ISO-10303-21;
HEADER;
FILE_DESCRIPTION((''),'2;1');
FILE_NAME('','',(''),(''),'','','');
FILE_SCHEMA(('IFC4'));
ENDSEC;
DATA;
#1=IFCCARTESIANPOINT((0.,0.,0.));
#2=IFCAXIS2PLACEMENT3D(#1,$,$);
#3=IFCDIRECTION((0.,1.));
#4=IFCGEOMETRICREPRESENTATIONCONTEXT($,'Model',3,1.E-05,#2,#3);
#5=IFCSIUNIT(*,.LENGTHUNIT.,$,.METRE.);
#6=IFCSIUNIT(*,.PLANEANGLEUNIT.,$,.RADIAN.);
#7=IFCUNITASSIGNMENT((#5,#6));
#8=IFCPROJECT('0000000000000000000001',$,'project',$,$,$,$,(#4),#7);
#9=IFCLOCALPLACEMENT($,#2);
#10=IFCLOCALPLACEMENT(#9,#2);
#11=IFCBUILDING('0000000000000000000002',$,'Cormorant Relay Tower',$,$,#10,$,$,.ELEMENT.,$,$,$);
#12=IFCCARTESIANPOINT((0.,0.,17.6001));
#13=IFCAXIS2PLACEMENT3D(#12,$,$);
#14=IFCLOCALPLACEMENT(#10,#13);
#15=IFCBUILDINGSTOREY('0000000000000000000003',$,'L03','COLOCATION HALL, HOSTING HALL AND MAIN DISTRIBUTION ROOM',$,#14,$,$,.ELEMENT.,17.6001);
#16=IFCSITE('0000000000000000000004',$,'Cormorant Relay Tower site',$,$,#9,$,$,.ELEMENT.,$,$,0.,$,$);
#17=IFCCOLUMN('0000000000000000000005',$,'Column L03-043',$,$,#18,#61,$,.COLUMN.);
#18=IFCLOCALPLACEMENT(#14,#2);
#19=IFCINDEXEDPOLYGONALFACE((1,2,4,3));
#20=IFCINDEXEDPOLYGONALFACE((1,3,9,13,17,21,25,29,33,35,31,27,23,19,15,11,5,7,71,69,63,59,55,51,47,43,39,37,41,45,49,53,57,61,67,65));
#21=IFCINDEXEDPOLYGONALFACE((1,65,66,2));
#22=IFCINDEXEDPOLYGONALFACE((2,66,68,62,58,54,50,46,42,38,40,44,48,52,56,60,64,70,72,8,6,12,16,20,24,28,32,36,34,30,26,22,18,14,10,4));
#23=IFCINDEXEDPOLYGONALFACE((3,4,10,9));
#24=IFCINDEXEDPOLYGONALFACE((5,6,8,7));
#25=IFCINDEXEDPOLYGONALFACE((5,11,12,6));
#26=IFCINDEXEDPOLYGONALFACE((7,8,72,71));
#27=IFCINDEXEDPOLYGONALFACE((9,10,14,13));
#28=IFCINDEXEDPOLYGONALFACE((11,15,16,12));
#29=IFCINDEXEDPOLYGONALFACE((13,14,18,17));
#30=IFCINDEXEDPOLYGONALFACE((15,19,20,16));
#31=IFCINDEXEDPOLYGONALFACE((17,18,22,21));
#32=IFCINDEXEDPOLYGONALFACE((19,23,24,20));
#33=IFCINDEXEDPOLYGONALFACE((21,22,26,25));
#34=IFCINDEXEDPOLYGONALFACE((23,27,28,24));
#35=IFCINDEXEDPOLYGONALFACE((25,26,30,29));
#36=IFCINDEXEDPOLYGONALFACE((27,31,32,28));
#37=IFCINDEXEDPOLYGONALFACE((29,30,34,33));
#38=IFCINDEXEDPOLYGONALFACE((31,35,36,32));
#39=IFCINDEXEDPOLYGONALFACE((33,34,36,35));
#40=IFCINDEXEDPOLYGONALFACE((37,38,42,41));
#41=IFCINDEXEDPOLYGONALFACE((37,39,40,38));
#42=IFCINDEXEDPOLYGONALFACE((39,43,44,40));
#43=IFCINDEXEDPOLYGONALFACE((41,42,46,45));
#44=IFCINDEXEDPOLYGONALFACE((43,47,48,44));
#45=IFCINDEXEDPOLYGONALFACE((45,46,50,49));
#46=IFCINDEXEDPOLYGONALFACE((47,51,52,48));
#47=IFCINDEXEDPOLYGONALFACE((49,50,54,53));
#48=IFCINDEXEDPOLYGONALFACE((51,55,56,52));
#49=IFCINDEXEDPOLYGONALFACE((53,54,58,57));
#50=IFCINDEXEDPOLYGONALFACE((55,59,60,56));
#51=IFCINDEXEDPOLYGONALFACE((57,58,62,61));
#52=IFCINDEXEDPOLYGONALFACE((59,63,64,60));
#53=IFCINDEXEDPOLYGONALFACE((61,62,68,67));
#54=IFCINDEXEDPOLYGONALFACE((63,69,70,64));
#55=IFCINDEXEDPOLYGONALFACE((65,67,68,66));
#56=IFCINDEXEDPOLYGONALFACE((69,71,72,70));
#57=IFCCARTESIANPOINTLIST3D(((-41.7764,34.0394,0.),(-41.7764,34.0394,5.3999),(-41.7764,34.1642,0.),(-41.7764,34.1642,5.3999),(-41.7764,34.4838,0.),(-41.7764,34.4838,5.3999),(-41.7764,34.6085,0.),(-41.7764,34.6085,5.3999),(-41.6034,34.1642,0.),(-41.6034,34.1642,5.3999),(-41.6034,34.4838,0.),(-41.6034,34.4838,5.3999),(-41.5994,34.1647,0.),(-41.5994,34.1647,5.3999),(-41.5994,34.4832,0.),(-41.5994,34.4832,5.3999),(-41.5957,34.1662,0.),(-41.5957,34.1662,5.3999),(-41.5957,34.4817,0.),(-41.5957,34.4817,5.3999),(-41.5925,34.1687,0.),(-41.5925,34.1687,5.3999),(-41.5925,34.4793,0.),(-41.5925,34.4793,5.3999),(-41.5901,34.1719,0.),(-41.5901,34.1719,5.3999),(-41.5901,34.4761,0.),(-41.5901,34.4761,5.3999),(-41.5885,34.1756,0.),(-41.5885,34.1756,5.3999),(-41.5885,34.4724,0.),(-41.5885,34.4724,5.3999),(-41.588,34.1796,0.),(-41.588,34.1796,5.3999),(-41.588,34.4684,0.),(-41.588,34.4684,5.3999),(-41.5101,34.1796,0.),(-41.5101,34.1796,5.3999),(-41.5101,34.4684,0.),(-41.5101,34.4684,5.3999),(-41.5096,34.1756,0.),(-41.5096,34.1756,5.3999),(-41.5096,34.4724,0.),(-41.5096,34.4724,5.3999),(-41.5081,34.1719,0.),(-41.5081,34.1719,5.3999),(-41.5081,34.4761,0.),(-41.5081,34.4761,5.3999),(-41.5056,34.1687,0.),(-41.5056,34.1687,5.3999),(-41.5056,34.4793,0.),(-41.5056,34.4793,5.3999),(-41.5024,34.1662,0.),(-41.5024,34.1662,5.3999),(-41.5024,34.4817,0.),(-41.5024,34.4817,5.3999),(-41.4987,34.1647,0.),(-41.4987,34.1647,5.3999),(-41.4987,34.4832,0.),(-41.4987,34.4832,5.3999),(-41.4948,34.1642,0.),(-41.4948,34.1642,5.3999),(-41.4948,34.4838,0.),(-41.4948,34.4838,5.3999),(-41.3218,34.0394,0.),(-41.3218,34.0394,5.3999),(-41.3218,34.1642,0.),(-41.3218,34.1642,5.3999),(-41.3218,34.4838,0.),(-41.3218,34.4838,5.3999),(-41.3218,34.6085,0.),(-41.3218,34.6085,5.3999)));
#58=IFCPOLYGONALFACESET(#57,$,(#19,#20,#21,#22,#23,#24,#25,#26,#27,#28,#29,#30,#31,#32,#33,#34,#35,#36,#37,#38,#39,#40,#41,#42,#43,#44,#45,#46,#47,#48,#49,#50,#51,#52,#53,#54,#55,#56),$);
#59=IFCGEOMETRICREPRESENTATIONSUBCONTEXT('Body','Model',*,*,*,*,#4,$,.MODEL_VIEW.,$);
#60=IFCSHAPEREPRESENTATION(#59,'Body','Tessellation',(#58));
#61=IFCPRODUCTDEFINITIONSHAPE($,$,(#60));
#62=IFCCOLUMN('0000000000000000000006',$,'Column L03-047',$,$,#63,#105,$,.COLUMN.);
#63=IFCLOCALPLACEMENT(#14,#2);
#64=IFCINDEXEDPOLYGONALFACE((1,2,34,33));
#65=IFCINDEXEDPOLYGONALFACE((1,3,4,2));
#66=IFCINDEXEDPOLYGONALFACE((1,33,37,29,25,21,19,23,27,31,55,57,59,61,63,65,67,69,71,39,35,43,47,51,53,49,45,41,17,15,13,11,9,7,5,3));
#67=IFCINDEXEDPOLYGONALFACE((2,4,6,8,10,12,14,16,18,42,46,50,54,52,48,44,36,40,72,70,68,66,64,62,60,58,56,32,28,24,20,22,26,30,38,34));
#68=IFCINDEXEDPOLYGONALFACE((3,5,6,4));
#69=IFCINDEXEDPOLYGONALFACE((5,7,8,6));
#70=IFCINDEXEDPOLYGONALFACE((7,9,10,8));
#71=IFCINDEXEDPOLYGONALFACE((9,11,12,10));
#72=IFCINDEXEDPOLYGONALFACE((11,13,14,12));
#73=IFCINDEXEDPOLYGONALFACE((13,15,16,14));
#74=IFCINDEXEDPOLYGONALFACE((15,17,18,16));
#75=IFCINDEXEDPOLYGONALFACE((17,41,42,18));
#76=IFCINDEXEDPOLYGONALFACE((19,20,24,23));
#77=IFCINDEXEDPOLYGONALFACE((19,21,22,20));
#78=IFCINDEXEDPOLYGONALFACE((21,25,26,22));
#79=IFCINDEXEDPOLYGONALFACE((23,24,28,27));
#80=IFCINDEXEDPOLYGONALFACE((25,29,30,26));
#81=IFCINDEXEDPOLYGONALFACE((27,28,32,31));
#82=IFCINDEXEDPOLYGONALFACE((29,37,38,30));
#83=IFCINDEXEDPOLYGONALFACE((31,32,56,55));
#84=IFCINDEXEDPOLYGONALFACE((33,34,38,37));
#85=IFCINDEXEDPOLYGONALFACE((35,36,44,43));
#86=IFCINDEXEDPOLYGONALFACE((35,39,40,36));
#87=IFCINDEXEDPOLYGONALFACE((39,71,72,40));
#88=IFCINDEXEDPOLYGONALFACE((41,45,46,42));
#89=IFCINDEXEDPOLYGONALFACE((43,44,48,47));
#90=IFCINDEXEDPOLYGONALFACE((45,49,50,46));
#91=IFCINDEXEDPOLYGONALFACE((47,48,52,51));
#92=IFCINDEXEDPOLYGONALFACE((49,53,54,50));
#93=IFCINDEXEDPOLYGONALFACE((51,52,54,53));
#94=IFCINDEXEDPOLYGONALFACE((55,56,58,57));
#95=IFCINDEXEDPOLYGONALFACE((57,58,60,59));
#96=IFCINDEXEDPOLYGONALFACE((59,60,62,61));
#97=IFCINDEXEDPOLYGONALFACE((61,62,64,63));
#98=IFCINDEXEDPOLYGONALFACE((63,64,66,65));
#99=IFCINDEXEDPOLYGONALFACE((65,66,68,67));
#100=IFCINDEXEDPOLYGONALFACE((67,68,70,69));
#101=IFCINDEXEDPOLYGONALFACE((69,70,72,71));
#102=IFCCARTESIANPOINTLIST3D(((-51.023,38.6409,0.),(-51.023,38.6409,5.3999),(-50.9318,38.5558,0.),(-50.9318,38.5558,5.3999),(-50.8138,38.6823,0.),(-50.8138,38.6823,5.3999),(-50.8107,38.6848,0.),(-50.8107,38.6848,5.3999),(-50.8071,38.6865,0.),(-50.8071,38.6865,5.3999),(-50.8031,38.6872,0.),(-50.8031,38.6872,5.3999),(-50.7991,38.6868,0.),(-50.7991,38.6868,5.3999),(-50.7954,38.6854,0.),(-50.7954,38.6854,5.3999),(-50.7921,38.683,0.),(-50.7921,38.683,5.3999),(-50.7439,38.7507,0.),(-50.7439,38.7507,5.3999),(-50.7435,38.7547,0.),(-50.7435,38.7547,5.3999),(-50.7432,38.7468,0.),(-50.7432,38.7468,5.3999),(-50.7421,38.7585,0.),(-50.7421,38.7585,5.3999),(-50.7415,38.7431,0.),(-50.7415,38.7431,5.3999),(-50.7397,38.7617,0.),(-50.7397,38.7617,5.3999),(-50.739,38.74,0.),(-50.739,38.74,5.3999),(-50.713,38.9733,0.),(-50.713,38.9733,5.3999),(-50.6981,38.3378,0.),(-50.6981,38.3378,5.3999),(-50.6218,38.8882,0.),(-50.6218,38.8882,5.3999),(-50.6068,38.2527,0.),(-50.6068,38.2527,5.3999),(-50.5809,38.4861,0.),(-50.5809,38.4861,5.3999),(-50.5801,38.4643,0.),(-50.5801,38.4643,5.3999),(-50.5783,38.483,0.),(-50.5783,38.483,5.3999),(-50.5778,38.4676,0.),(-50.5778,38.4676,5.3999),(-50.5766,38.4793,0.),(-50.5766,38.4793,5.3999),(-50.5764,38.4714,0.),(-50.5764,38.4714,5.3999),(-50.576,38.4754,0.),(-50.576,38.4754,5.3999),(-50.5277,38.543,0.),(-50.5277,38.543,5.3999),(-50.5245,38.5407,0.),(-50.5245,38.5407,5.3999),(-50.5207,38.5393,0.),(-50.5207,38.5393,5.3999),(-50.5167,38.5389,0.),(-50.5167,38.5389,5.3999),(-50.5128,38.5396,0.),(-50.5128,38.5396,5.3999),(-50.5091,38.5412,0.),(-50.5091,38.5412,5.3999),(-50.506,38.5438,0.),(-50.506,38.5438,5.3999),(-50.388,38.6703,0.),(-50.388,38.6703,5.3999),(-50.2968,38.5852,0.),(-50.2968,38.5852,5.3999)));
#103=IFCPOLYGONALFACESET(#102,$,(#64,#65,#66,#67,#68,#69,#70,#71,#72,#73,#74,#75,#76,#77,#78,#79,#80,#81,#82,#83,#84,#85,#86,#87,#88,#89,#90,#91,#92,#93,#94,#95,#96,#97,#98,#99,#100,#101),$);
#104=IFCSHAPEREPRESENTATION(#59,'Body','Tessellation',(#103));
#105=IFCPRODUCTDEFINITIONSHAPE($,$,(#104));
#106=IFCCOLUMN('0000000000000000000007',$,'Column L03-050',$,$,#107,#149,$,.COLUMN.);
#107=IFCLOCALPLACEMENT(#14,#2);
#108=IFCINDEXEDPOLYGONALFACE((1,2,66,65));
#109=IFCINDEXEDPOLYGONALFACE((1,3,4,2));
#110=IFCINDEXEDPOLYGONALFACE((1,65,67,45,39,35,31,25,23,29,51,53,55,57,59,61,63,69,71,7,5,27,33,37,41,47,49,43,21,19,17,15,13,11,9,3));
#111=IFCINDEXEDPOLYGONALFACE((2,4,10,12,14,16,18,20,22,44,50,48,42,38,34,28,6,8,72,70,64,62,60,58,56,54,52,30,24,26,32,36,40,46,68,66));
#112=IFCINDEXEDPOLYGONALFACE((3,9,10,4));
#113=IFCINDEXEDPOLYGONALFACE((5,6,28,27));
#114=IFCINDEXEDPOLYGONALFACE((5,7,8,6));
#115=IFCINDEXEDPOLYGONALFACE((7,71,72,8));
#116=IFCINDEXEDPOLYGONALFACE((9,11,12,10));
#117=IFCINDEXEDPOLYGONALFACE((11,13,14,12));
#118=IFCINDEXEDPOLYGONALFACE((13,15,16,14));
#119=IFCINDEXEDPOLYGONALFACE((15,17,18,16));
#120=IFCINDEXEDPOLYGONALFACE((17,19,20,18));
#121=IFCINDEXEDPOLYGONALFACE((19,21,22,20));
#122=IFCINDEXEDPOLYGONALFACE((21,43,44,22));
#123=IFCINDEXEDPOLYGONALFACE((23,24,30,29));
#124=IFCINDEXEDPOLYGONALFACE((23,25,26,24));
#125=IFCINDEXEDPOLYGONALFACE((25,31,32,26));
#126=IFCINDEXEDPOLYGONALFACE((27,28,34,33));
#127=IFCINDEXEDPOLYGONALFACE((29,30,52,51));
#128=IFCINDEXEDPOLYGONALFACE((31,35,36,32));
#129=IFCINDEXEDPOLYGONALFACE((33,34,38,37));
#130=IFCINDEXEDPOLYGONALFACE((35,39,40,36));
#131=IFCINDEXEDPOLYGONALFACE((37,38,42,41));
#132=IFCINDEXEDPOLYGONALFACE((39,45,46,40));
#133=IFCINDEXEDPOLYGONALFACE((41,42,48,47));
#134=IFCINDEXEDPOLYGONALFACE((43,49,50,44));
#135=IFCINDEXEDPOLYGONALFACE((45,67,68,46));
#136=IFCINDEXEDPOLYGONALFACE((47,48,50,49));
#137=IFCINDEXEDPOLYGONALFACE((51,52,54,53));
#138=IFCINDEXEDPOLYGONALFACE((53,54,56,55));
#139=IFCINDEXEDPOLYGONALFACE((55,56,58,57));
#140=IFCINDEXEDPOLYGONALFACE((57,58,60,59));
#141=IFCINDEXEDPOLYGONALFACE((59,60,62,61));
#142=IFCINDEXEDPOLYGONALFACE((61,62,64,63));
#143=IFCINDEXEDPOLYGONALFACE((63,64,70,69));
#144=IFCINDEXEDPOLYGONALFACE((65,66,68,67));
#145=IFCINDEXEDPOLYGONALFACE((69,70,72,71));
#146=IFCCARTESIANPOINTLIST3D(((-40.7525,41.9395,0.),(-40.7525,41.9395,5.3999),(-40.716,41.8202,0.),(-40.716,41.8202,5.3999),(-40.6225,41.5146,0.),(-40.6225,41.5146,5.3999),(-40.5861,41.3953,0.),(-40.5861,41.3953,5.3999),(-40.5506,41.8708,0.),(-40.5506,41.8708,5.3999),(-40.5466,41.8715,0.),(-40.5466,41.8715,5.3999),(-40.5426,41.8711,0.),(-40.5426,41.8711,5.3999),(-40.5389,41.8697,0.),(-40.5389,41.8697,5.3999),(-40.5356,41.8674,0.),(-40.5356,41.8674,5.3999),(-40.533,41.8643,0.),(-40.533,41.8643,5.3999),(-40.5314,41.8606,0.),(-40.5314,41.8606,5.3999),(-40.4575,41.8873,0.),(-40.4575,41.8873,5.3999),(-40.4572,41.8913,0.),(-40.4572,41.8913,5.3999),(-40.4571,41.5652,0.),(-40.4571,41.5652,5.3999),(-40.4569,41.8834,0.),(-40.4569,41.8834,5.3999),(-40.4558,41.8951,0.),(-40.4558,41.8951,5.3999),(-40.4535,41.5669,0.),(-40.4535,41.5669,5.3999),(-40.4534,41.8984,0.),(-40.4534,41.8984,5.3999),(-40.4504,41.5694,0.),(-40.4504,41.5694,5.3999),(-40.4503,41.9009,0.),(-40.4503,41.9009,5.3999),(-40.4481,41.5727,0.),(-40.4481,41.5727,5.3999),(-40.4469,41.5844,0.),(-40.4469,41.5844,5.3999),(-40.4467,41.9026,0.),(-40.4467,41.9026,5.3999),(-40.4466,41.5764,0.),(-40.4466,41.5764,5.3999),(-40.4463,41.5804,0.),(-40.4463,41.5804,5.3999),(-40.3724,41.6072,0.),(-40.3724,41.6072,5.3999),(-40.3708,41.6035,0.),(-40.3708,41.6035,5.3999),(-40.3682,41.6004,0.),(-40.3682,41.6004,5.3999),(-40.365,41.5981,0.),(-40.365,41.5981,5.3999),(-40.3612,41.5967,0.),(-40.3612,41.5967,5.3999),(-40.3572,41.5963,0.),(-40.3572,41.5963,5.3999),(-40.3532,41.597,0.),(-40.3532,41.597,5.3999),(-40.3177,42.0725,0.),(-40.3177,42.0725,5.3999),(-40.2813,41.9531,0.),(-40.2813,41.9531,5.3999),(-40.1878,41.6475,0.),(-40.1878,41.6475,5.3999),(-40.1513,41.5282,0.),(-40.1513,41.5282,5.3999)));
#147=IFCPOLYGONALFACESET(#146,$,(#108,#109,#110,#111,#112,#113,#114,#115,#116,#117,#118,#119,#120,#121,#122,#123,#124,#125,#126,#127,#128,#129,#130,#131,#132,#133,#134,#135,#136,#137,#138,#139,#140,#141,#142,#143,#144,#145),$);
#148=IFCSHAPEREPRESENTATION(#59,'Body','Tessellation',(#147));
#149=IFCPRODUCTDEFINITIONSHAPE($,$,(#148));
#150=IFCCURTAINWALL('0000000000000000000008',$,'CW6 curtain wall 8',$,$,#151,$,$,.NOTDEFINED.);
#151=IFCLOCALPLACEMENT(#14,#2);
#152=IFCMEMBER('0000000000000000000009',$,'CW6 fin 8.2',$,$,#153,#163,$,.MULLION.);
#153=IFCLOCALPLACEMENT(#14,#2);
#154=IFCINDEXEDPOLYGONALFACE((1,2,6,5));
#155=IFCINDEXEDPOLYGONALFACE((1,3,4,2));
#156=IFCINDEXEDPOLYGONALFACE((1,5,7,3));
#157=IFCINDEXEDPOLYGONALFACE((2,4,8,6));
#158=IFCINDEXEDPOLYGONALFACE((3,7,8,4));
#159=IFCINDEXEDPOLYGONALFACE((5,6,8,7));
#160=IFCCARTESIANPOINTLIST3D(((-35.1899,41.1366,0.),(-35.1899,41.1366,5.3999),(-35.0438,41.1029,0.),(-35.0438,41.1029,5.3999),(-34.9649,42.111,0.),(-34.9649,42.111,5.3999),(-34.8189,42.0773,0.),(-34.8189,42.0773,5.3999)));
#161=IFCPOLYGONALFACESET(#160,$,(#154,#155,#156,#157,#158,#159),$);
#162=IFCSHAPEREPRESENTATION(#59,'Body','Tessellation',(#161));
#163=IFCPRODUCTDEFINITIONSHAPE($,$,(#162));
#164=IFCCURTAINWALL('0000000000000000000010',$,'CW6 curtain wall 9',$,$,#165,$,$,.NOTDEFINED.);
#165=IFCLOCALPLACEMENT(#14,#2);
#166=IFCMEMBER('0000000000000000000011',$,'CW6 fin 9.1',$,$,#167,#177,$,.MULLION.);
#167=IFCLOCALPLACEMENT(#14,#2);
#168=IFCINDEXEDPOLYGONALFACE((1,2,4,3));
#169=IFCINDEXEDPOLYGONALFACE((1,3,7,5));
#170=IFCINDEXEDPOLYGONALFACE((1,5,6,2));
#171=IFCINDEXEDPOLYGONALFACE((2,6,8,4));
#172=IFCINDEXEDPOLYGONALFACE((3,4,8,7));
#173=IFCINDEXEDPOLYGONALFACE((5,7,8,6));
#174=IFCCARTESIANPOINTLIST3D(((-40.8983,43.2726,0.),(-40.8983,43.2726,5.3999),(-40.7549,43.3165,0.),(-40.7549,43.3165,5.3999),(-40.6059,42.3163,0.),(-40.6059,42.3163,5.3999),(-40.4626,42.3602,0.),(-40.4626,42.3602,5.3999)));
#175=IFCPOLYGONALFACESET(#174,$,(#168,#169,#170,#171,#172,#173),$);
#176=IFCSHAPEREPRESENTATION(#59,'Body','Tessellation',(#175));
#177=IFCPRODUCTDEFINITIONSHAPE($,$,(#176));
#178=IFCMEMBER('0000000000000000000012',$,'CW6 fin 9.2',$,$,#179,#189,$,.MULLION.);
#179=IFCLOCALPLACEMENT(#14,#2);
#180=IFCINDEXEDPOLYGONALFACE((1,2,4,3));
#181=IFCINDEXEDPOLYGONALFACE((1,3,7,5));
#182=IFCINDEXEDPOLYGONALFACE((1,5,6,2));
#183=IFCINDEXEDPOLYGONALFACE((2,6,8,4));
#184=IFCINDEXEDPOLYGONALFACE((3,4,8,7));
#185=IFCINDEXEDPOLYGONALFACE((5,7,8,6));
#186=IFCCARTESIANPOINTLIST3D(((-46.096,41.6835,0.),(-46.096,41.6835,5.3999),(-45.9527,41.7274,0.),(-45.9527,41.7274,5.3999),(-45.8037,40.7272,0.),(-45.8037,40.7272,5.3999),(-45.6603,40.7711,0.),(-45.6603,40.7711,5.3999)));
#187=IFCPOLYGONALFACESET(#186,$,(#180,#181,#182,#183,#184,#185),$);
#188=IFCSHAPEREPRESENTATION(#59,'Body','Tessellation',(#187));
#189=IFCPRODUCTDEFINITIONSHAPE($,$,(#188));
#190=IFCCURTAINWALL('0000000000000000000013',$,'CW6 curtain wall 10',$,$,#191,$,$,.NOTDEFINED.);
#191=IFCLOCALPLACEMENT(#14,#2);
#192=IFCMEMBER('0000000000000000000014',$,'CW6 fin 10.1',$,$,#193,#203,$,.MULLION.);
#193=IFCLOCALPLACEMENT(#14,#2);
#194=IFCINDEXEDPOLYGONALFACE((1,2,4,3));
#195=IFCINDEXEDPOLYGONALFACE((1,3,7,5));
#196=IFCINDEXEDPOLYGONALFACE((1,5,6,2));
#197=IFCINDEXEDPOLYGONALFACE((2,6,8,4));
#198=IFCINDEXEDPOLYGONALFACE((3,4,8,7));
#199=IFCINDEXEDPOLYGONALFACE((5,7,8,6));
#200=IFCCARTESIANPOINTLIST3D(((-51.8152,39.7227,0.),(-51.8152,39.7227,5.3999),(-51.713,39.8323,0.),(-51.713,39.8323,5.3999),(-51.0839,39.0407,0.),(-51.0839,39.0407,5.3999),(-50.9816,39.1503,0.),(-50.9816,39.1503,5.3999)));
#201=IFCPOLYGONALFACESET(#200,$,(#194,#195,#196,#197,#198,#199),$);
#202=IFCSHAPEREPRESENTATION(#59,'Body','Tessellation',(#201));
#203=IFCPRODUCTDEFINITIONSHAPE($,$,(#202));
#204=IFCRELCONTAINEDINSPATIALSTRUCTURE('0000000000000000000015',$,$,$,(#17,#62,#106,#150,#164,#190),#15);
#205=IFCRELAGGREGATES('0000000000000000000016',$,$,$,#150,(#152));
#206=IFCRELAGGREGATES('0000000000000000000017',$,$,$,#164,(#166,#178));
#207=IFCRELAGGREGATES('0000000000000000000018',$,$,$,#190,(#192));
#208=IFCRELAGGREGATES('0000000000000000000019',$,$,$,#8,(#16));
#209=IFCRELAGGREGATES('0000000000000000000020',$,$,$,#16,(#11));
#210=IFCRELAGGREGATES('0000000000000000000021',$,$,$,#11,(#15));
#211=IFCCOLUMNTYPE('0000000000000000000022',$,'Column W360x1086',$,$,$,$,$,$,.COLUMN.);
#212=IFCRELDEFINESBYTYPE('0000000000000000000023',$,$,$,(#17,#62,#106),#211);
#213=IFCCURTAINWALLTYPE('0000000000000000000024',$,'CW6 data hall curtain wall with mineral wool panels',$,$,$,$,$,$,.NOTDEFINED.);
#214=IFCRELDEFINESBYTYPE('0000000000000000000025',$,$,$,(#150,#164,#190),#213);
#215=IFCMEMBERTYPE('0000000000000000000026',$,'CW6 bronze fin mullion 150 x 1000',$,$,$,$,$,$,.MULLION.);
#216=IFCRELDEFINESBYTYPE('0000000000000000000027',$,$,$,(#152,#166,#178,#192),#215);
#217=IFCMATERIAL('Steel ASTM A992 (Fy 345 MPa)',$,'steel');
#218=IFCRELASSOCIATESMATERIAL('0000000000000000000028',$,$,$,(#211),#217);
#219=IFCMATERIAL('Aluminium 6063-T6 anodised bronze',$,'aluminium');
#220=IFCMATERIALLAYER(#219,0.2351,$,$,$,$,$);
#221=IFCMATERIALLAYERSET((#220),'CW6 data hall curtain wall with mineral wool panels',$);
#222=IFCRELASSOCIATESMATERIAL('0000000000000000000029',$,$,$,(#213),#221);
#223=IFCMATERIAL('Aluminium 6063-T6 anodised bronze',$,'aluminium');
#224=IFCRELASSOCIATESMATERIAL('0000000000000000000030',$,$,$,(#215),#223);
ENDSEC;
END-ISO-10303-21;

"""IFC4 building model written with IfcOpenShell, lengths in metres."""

from ifc_helpers import new_model, si_unit, direction, frame, origin, origin_2d, place, context, subcontext, project, spatial, rectangle, i_section, extrude, material, layer, layer_set, material_profile, profile_set, type_object, element, aggregate, save


model = new_model("IFC4")

# Units and contexts
model_context = context("Model", 3, precision=1e-05, world=origin(), true_north=direction((0.0, 1.0)))
body_context = subcontext(model_context, "Body", "Model", "MODEL_VIEW")
ifc_project = project(units=[si_unit("LENGTHUNIT", "METRE"), si_unit("PLANEANGLEUNIT", "RADIAN")], contexts=[model_context])

# Site, building, storey
site_placement = place(None, origin())
site = spatial("IfcSite", under=ifc_project, at=site_placement, Name="Cormorant Relay Tower site", CompositionType="ELEMENT", RefElevation=0.0)
building_placement = place(site_placement, origin())
building = spatial("IfcBuilding", under=site, at=building_placement, Name="Cormorant Relay Tower", CompositionType="ELEMENT")
storey_placement = place(building_placement, frame((0.0, 0.0, 17.6001)))
storey = spatial("IfcBuildingStorey", under=building, at=storey_placement, Name="L03", Description="COLOCATION HALL, HOSTING HALL AND MAIN DISTRIBUTION ROOM", CompositionType="ELEMENT", Elevation=17.6001)

# Columns
ifc_material_1 = material(Name="Steel ASTM A992 (Fy 345 MPa)", Category="steel")
ifc_material_profile_1 = material_profile(ifc_material_1, i_section(OverallWidth=0.4546, OverallDepth=0.5691, WebThickness=0.0779, FlangeThickness=0.1248, FilletRadius=0.0154, at=origin_2d()), Name="W360x1086")
ifc_profile_set_1 = profile_set([ifc_material_profile_1], Name="Steel ASTM A992 (Fy 345 MPa)")
column_type = type_object("IfcColumnType", Name="Column W360x1086", PredefinedType="COLUMN", material=ifc_profile_set_1)
for number, where, z_axis, x_axis, name in (
    (1, (-41.5491, 34.324, 0.0), (0.0, 0.0, 1.0), (1.0, 0.0, 0.0), "Column L03-043"),
    (2, (-50.6599, 38.613, 0.0), (0.0, 0.0, 1.0), (-0.681998, -0.731354, 0.0), "Column L03-047"),
    (3, (-40.4519, 41.7339, 0.0), (0.0, 0.0, 1.0), (-0.956305, -0.292372, 0.0), "Column L03-050"),
):
    element("IfcColumn", number, at=place(storey_placement, frame(where, z_axis=z_axis, x_axis=x_axis)), inside=storey, type_object=column_type, Name=name, PredefinedType="COLUMN", context=body_context, shape_type="SweptSolid", body=[
        extrude(i_section(OverallWidth=0.4546, OverallDepth=0.5691, WebThickness=0.0779, FlangeThickness=0.1248, FilletRadius=0.0154, at=origin_2d()), origin(), (0.0, 0.0, 1.0), 5.3999),
    ])

# Curtain wall, member
ifc_material_2 = material(Name="Aluminium 6063-T6 anodised bronze", Category="aluminium")
ifc_layer_1 = layer(ifc_material_2, 0.2351)
ifc_layer_set_1 = layer_set([ifc_layer_1], Name="CW6 data hall curtain wall with mineral wool panels")
curtain_wall_type = type_object("IfcCurtainWallType", Name="CW6 data hall curtain wall with mineral wool panels", PredefinedType="NOTDEFINED", material=ifc_layer_set_1)
curtain_wall_1_placement = place(storey_placement, origin())
curtain_wall_1 = element("IfcCurtainWall", 4, at=curtain_wall_1_placement, inside=storey, type_object=curtain_wall_type, Name="CW6 curtain wall 8", PredefinedType="NOTDEFINED")
ifc_material_3 = material(Name="Aluminium 6063-T6 anodised bronze", Category="aluminium")
ifc_material_profile_2 = material_profile(ifc_material_3, rectangle(XDim=0.1499, YDim=1.0, at=origin_2d()), Name="AL 150x1000")
ifc_profile_set_2 = profile_set([ifc_material_profile_2], Name="Aluminium 6063-T6 anodised bronze")
member_type_1 = type_object("IfcMemberType", Name="CW6 bronze fin mullion 150 x 1000", PredefinedType="MULLION", material=ifc_profile_set_2)
member_1_placement = place(storey_placement, frame((-35.0044, 41.6069, 0.0), z_axis=(0.0, 0.0, 1.0), x_axis=(-0.97437, 0.224951, 0.0)))
member_1 = element("IfcMember", 5, at=member_1_placement, type_object=member_type_1, Name="CW6 fin 8.2", PredefinedType="MULLION", context=body_context, shape_type="SweptSolid", body=[
    extrude(rectangle(XDim=0.1499, YDim=1.0, at=origin_2d()), origin(), (0.0, 0.0, 1.0), 5.3999),
])

# Curtain walls, members
curtain_wall_2_placement = place(storey_placement, origin())
curtain_wall_2 = element("IfcCurtainWall", 6, at=curtain_wall_2_placement, inside=storey, type_object=curtain_wall_type, Name="CW6 curtain wall 9", PredefinedType="NOTDEFINED")
member_2_placement = place(storey_placement, frame((-40.6804, 42.8164, 0.0), z_axis=(0.0, 0.0, 1.0), x_axis=(-0.956305, -0.292372, 0.0)))
member_2 = element("IfcMember", 7, at=member_2_placement, type_object=member_type_1, Name="CW6 fin 9.1", PredefinedType="MULLION", context=body_context, shape_type="SweptSolid", body=[
    extrude(rectangle(XDim=0.1499, YDim=1.0, at=origin_2d()), origin(), (0.0, 0.0, 1.0), 5.3999),
])
member_3_placement = place(storey_placement, frame((-45.8782, 41.2273, 0.0), z_axis=(0.0, 0.0, 1.0), x_axis=(-0.956305, -0.292372, 0.0)))
member_3 = element("IfcMember", 8, at=member_3_placement, type_object=member_type_1, Name="CW6 fin 9.2", PredefinedType="MULLION", context=body_context, shape_type="SweptSolid", body=[
    extrude(rectangle(XDim=0.1499, YDim=1.0, at=origin_2d()), origin(), (0.0, 0.0, 1.0), 5.3999),
])
curtain_wall_3_placement = place(storey_placement, origin())
curtain_wall_3 = element("IfcCurtainWall", 9, at=curtain_wall_3_placement, inside=storey, type_object=curtain_wall_type, Name="CW6 curtain wall 10", PredefinedType="NOTDEFINED")
member_4_placement = place(storey_placement, frame((-51.3984, 39.4365, 0.0), z_axis=(0.0, 0.0, 1.0), x_axis=(-0.681998, -0.731354, 0.0)))
member_4 = element("IfcMember", 10, at=member_4_placement, type_object=member_type_1, Name="CW6 fin 10.1", PredefinedType="MULLION", context=body_context, shape_type="SweptSolid", body=[
    extrude(rectangle(XDim=0.1499, YDim=1.0, at=origin_2d()), origin(), (0.0, 0.0, 1.0), 5.3999),
])

aggregate(curtain_wall_1, [member_1])
aggregate(curtain_wall_2, [member_2, member_3])
aggregate(curtain_wall_3, [member_4])

save(model, "model.ifc")
